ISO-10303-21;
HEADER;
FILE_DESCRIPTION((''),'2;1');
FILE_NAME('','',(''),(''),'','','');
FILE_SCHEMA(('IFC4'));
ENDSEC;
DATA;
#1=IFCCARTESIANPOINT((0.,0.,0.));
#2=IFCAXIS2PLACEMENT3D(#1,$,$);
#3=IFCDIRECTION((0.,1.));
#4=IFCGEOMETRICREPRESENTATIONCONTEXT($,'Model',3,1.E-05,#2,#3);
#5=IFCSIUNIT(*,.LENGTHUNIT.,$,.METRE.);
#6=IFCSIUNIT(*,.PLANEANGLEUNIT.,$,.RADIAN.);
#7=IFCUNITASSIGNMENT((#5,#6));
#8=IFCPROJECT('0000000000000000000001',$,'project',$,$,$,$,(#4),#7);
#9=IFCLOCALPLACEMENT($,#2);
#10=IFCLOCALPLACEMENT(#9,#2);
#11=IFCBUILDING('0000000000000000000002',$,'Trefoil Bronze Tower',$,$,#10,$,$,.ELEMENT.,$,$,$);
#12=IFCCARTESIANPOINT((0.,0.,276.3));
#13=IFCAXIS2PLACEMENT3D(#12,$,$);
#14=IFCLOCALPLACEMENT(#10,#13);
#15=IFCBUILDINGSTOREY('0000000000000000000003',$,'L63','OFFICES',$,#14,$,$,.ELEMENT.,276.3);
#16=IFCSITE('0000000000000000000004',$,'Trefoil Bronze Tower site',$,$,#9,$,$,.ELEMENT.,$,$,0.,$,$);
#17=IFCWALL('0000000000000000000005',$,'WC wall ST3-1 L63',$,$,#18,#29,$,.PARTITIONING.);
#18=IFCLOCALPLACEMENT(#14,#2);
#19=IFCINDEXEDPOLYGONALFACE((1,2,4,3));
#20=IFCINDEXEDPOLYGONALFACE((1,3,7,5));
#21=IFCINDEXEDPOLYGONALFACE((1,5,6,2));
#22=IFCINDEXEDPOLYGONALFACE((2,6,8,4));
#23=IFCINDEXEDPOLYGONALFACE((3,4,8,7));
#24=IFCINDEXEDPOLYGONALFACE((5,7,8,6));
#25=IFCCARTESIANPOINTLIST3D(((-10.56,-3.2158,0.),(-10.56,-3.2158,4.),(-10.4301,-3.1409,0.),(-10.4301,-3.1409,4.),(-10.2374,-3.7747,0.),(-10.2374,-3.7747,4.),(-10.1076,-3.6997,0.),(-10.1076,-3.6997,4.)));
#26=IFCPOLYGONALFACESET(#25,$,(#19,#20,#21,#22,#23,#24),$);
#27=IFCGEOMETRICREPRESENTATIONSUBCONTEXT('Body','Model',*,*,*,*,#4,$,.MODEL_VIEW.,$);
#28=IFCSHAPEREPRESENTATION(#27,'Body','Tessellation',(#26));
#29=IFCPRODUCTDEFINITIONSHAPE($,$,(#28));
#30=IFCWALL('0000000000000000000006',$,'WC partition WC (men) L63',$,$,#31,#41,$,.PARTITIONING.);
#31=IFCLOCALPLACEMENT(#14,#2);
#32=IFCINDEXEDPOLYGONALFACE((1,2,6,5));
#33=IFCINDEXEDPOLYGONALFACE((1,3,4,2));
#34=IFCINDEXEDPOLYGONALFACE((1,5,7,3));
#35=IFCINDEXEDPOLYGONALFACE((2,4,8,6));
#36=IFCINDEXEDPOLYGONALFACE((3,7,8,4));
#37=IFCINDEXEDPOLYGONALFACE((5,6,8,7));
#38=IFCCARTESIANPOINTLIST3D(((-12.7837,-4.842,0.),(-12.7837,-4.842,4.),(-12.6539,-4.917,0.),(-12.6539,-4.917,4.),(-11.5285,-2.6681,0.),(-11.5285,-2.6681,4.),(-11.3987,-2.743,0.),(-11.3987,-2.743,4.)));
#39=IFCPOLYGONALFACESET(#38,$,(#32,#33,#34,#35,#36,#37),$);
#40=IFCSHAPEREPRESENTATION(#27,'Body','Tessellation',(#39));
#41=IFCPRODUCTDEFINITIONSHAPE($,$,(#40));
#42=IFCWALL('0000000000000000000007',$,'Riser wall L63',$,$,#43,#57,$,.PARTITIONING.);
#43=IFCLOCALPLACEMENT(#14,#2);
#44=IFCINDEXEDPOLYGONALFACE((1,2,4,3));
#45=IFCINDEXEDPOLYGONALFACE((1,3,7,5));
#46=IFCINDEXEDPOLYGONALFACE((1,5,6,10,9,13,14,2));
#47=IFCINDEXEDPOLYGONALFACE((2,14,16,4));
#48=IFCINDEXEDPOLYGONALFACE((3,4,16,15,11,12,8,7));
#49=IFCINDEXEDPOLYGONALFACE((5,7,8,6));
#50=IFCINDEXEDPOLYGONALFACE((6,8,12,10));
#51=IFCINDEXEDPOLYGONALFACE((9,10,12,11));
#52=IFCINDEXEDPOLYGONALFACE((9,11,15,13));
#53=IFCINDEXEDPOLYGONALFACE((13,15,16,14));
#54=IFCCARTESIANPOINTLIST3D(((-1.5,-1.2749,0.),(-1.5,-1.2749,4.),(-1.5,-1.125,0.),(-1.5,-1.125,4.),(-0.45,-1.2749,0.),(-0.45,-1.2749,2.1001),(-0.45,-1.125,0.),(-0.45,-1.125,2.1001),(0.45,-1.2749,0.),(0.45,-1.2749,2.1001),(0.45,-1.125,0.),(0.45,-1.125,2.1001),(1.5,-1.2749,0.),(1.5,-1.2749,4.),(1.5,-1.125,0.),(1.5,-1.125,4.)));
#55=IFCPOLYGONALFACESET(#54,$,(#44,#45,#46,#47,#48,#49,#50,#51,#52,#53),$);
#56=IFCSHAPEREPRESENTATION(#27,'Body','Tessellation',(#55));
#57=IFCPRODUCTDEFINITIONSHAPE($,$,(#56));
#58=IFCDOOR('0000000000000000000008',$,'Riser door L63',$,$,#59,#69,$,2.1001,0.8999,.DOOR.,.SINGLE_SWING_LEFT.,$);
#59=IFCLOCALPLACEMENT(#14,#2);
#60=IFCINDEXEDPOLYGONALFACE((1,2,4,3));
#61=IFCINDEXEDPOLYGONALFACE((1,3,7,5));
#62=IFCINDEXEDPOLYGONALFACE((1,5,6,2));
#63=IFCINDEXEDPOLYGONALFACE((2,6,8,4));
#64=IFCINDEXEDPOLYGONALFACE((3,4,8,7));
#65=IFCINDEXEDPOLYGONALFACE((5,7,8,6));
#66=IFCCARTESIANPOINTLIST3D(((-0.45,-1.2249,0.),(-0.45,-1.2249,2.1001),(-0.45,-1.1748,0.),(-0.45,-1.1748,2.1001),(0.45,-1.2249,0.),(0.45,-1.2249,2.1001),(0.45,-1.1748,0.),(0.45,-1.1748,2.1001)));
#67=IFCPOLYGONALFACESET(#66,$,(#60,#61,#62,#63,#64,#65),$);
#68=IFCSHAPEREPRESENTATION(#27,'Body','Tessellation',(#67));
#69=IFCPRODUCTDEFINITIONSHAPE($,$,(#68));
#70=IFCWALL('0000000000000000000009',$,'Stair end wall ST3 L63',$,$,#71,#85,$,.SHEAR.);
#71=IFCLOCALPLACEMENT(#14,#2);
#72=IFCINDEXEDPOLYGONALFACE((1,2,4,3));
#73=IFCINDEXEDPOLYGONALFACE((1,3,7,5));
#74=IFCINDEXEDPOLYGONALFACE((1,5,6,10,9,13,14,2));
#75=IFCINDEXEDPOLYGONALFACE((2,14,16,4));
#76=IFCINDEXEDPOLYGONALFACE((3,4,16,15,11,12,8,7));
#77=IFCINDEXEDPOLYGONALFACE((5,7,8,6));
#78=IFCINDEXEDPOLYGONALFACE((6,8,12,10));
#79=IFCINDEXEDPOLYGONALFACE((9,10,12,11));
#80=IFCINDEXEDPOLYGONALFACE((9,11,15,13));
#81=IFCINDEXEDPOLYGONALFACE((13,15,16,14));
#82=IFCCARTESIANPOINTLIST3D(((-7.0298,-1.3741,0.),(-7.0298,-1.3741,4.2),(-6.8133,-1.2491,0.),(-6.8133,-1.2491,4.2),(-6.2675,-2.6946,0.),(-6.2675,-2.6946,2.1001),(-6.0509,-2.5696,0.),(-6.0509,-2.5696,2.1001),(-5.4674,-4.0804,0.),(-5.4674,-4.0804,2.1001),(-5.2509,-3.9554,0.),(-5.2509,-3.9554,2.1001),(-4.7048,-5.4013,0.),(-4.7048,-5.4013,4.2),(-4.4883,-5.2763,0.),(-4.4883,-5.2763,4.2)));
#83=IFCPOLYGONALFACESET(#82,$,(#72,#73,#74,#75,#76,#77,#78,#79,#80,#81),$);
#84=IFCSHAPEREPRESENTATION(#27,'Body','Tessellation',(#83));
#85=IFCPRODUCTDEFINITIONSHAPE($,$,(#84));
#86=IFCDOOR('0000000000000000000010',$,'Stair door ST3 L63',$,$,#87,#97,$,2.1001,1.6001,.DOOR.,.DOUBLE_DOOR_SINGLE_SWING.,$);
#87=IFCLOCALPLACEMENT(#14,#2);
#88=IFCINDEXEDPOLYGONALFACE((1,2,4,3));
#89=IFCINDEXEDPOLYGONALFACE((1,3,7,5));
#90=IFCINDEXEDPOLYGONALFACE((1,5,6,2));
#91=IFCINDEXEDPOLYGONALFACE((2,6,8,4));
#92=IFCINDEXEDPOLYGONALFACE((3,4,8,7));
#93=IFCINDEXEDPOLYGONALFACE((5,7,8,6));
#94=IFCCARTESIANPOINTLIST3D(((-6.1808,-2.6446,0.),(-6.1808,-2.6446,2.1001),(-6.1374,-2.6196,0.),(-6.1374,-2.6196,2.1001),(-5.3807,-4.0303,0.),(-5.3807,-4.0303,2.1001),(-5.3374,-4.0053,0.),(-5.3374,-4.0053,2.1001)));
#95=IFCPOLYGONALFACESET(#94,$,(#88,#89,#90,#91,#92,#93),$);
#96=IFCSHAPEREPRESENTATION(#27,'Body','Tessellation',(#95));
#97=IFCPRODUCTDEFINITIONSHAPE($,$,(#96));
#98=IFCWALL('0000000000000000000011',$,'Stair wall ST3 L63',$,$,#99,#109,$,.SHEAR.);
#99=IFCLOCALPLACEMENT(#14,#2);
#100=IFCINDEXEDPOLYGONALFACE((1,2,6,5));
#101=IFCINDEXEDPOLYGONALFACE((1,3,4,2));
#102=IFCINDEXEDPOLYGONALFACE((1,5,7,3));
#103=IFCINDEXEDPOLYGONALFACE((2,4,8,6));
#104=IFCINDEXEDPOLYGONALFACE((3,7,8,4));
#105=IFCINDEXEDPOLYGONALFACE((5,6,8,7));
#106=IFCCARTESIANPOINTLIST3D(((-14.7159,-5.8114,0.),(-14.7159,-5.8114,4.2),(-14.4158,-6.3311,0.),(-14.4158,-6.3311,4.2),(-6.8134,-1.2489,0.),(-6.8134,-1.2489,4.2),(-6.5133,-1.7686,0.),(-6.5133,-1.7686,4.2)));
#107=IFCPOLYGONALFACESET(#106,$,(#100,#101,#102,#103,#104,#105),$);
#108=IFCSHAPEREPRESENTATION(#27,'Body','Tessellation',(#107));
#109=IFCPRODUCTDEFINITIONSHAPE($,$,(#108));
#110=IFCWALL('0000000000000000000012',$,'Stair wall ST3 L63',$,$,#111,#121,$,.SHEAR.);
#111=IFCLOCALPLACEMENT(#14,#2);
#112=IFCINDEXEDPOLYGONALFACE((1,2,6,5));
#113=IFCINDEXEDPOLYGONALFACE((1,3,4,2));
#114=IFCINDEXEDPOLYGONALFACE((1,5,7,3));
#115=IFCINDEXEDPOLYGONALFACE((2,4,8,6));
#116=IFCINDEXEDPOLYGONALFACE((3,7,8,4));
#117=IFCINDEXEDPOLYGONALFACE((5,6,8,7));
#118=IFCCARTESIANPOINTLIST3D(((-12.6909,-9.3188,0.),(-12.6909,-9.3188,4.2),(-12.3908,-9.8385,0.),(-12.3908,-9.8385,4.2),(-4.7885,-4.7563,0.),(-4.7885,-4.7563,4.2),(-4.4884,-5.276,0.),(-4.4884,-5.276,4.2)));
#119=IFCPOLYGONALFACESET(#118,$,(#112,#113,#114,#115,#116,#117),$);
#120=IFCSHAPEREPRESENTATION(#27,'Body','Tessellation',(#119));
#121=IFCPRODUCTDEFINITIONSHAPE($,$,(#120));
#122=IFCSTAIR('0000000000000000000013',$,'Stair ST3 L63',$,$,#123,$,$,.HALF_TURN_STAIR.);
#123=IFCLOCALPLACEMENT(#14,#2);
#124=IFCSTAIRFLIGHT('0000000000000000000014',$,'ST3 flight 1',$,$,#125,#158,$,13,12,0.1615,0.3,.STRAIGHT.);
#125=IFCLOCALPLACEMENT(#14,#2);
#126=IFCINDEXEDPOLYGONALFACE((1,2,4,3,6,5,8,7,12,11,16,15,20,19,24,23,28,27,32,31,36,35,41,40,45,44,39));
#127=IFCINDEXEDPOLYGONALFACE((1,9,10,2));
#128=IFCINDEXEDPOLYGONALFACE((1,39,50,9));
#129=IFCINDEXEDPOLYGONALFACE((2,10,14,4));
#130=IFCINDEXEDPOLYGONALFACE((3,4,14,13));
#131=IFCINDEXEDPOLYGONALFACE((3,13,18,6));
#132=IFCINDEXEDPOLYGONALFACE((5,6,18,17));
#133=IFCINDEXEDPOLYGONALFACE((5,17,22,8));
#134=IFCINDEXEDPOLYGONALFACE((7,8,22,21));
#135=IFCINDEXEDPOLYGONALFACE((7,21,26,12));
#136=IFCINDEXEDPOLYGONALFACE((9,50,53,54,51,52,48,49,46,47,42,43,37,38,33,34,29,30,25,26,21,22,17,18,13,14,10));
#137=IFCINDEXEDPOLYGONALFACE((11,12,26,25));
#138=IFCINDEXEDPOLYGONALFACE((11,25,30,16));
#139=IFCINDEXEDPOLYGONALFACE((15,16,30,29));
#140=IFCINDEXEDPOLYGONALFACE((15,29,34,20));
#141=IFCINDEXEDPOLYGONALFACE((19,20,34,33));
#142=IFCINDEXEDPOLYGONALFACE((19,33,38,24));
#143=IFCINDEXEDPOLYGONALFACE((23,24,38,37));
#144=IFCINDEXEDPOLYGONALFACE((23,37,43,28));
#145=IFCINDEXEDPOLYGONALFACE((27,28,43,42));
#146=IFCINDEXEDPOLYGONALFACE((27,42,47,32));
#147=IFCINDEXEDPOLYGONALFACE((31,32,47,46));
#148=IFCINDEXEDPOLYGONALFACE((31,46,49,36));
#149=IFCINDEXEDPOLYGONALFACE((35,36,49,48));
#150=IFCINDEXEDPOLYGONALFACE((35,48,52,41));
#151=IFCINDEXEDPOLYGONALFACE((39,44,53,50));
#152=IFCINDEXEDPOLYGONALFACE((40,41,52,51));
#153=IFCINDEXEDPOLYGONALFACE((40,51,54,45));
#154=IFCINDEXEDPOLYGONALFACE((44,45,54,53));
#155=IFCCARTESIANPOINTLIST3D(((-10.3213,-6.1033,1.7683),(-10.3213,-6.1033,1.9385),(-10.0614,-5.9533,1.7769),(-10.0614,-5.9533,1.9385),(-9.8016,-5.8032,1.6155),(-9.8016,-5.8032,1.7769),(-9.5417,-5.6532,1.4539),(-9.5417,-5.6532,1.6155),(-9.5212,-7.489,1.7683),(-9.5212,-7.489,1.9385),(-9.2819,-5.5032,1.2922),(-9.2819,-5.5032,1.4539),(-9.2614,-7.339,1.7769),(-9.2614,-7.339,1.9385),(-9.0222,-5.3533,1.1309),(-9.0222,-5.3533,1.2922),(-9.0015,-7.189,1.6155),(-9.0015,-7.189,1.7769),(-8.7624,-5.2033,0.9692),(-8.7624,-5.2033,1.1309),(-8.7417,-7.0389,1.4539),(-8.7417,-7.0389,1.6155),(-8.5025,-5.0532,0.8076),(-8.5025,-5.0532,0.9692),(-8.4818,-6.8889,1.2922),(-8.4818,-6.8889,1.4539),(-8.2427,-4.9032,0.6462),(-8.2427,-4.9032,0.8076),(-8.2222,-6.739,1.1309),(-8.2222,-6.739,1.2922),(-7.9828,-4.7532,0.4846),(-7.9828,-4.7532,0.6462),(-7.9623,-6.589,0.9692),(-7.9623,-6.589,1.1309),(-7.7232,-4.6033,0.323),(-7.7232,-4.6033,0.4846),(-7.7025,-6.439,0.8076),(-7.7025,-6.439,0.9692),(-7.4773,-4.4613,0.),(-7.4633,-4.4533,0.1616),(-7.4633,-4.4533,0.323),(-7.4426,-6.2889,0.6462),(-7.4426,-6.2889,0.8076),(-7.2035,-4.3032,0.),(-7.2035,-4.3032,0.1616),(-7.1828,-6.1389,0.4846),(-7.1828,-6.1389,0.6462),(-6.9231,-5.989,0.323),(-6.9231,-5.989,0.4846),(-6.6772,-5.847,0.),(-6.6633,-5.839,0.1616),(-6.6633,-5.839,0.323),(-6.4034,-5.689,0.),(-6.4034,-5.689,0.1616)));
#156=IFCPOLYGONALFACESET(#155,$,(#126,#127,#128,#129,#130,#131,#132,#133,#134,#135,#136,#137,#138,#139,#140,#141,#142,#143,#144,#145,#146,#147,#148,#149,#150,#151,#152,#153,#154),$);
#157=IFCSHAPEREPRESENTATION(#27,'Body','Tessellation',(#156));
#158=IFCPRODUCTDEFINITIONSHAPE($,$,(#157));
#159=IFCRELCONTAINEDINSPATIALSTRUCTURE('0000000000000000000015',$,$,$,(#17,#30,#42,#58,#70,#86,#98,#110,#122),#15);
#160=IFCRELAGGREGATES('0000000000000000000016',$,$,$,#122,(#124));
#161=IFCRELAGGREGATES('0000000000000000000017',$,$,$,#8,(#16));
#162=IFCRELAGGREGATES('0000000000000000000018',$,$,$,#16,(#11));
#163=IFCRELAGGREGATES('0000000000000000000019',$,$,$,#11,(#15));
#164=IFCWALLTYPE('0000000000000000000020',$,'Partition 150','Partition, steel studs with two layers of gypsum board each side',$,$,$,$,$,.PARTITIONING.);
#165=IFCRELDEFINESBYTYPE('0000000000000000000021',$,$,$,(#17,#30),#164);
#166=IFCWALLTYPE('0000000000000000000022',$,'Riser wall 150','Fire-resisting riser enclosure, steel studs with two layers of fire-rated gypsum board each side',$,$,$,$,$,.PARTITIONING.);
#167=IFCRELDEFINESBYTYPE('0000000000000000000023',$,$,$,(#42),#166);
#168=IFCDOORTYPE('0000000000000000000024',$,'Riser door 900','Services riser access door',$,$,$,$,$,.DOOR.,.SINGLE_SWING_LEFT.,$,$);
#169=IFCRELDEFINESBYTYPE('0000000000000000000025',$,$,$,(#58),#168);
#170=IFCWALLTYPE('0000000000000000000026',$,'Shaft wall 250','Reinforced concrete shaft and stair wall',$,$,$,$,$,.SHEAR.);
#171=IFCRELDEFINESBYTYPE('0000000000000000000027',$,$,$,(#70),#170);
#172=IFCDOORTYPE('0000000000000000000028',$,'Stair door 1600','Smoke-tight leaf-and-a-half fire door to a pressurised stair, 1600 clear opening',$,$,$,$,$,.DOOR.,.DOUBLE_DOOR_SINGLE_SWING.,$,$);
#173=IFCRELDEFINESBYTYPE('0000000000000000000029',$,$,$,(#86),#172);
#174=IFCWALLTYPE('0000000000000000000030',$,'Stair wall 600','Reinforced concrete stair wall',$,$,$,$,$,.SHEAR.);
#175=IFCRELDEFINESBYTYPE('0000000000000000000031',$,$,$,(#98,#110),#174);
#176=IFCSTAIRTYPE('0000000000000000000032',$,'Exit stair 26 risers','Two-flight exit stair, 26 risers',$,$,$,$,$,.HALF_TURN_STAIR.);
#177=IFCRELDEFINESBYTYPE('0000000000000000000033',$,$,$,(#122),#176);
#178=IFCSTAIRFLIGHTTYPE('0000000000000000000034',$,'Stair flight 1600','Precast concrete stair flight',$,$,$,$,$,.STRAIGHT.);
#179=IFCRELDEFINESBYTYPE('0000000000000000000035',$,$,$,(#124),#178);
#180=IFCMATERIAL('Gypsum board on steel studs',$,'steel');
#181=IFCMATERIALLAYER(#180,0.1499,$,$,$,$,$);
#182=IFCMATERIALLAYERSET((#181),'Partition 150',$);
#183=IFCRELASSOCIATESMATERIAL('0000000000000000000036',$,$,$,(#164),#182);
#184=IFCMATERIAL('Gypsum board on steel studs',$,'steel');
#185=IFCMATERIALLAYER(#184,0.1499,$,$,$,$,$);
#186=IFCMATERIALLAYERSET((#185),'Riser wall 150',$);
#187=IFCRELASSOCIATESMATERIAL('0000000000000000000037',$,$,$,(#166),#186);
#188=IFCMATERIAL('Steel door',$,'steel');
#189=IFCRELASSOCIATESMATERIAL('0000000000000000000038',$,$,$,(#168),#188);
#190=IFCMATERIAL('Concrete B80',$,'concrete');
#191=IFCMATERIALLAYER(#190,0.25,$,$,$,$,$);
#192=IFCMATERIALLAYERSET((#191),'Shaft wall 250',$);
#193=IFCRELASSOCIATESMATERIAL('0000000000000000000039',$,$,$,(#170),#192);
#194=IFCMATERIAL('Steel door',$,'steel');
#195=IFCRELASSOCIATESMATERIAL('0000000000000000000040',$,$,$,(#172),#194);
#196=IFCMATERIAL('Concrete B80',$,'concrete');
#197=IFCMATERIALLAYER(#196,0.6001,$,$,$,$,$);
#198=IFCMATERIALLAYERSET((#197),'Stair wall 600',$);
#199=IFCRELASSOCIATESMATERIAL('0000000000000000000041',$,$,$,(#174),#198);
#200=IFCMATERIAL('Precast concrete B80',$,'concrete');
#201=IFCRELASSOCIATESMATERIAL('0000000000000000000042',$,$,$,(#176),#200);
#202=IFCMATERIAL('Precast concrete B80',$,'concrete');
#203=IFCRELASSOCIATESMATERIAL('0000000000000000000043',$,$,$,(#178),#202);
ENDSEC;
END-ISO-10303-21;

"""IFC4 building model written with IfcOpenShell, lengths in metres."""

from ifc_helpers import new_model, si_unit, direction, frame, frame_2d, origin, place, context, subcontext, project, spatial, polyline, rectangle, outline, extrude, material, layer, layer_set, type_object, element, fill, aggregate, save


model = new_model("IFC4")

# Units and contexts
model_context = context("Model", 3, precision=1e-05, world=origin(), true_north=direction((0.0, 1.0)))
body_context = subcontext(model_context, "Body", "Model", "MODEL_VIEW")
ifc_project = project(units=[si_unit("LENGTHUNIT", "METRE"), si_unit("PLANEANGLEUNIT", "RADIAN")], contexts=[model_context])

# Site, building, storey
site_placement = place(None, origin())
site = spatial("IfcSite", under=ifc_project, at=site_placement, Name="Trefoil Bronze Tower site", CompositionType="ELEMENT", RefElevation=0.0)
building_placement = place(site_placement, origin())
building = spatial("IfcBuilding", under=site, at=building_placement, Name="Trefoil Bronze Tower", CompositionType="ELEMENT")
storey_placement = place(building_placement, frame((0.0, 0.0, 276.3)))
storey = spatial("IfcBuildingStorey", under=building, at=storey_placement, Name="L63", Description="OFFICES", CompositionType="ELEMENT", Elevation=276.3)

# Shared definitions
ifc_material_1 = material(Name="Gypsum board on steel studs", Category="steel")
ifc_layer_1 = layer(ifc_material_1, 0.1499)
ifc_layer_set_1 = layer_set([ifc_layer_1], Name="Partition 150")
wall_type_1 = type_object("IfcWallType", Name="Partition 150", Description="Partition, steel studs with two layers of gypsum board each side", PredefinedType="PARTITIONING", material=ifc_layer_set_1)

# Walls
wall_1_placement = place(storey_placement, frame((-10.4951, -3.1782, 0.0), z_axis=(0.0, 0.0, 1.0), x_axis=(0.499843, -0.866116, 0.0)))
element("IfcWall", 1, at=wall_1_placement, inside=storey, type_object=wall_type_1, Name="WC wall ST3-1 L63", PredefinedType="PARTITIONING", context=body_context, shape_type="SweptSolid", body=[
    extrude(rectangle(XDim=0.6453, YDim=0.1499, at=frame_2d((0.3228, 0.0))), origin(), (0.0, 0.0, 1.0), 4.0),
])
wall_2_placement = place(storey_placement, frame((-11.4636, -2.7056, 0.0), z_axis=(0.0, 0.0, 1.0), x_axis=(-0.50002, -0.866014, 0.0)))
element("IfcWall", 2, at=wall_2_placement, inside=storey, type_object=wall_type_1, Name="WC partition WC (men) L63", PredefinedType="PARTITIONING", context=body_context, shape_type="SweptSolid", body=[
    extrude(rectangle(XDim=2.5103, YDim=0.1499, at=frame_2d((1.2551, 0.0))), origin(), (0.0, 0.0, 1.0), 4.0),
])

# Walls, openings, doors
ifc_material_2 = material(Name="Gypsum board on steel studs", Category="steel")
ifc_layer_2 = layer(ifc_material_2, 0.1499)
ifc_layer_set_2 = layer_set([ifc_layer_2], Name="Riser wall 150")
wall_type_2 = type_object("IfcWallType", Name="Riser wall 150", Description="Fire-resisting riser enclosure, steel studs with two layers of fire-rated gypsum board each side", PredefinedType="PARTITIONING", material=ifc_layer_set_2)
wall_3_placement = place(storey_placement, frame((-1.5, -1.2, 0.0), z_axis=(0.0, 0.0, 1.0), x_axis=(1.0, 0.0, 0.0)))
wall_3 = element("IfcWall", 3, at=wall_3_placement, inside=storey, type_object=wall_type_2, Name="Riser wall L63", PredefinedType="PARTITIONING", context=body_context, shape_type="SweptSolid", body=[
    extrude(rectangle(XDim=3.0, YDim=0.1499, at=frame_2d((1.5, 0.0))), origin(), (0.0, 0.0, 1.0), 4.0),
])
opening_1_placement = place(wall_3_placement, frame((1.05, 0.0, 0.0)))
opening_1 = element("IfcOpeningElement", 4, at=opening_1_placement, cuts=wall_3, PredefinedType="OPENING", context=body_context, shape_type="SweptSolid", body=[
    extrude(rectangle(XDim=0.8999, YDim=2.1001, at=frame_2d((0.45, 1.05))), frame((0.0, 0.085, 0.0), z_axis=(0.0, -1.0, 0.0), x_axis=(1.0, 0.0, 0.0)), (0.0, 0.0, 1.0), 0.1699),
])
ifc_material_3 = material(Name="Steel door", Category="steel")
door_type_1 = type_object("IfcDoorType", Name="Riser door 900", Description="Services riser access door", OperationType="SINGLE_SWING_LEFT", PredefinedType="DOOR", material=ifc_material_3)
door_1_placement = place(opening_1_placement, frame((0.8999, 0.0, 0.0), z_axis=(0.0, 0.0, 1.0), x_axis=(-1.0, 0.0, 0.0)))
door_1 = element("IfcDoor", 5, at=door_1_placement, inside=storey, type_object=door_type_1, Name="Riser door L63", OperationType="SINGLE_SWING_LEFT", OverallHeight=2.1001, OverallWidth=0.8999, PredefinedType="DOOR", context=body_context, shape_type="SweptSolid", body=[
    extrude(rectangle(XDim=0.8999, YDim=2.1001, at=frame_2d((0.45, 1.05))), frame((0.0, 0.0249, 0.0), z_axis=(0.0, -1.0, 0.0), x_axis=(1.0, 0.0, 0.0)), (0.0, 0.0, 1.0), 0.05),
])
fill(opening_1, door_1)
ifc_material_4 = material(Name="Concrete B80", Category="concrete")
ifc_layer_3 = layer(ifc_material_4, 0.25)
ifc_layer_set_3 = layer_set([ifc_layer_3], Name="Shaft wall 250")
wall_type_3 = type_object("IfcWallType", Name="Shaft wall 250", Description="Reinforced concrete shaft and stair wall", PredefinedType="SHEAR", material=ifc_layer_set_3)
wall_4_placement = place(storey_placement, frame((-6.9216, -1.3115, 0.0), z_axis=(0.0, 0.0, 1.0), x_axis=(0.499985, -0.866034, 0.0)))
wall_4 = element("IfcWall", 6, at=wall_4_placement, inside=storey, type_object=wall_type_3, Name="Stair end wall ST3 L63", PredefinedType="SHEAR", context=body_context, shape_type="SweptSolid", body=[
    extrude(rectangle(XDim=4.6501, YDim=0.25, at=frame_2d((2.3252, 0.0))), origin(), (0.0, 0.0, 1.0), 4.2),
])
opening_2_placement = place(wall_4_placement, frame((1.5249, 0.0, 0.0)))
opening_2 = element("IfcOpeningElement", 7, at=opening_2_placement, cuts=wall_4, PredefinedType="OPENING", context=body_context, shape_type="SweptSolid", body=[
    extrude(rectangle(XDim=1.6001, YDim=2.1001, at=frame_2d((0.8, 1.05))), frame((0.0, 0.135, 0.0), z_axis=(0.0, -1.0, 0.0), x_axis=(1.0, 0.0, 0.0)), (0.0, 0.0, 1.0), 0.27),
])
ifc_material_5 = material(Name="Steel door", Category="steel")
door_type_2 = type_object("IfcDoorType", Name="Stair door 1600", Description="Smoke-tight leaf-and-a-half fire door to a pressurised stair, 1600 clear opening", OperationType="DOUBLE_DOOR_SINGLE_SWING", PredefinedType="DOOR", material=ifc_material_5)
door_2_placement = place(opening_2_placement, frame((1.6001, 0.0, 0.0), z_axis=(0.0, 0.0, 1.0), x_axis=(-1.0, 0.0, 0.0)))
door_2 = element("IfcDoor", 8, at=door_2_placement, inside=storey, type_object=door_type_2, Name="Stair door ST3 L63", OperationType="DOUBLE_DOOR_SINGLE_SWING", OverallHeight=2.1001, OverallWidth=1.6001, PredefinedType="DOOR", context=body_context, shape_type="SweptSolid", body=[
    extrude(rectangle(XDim=1.6001, YDim=2.1001, at=frame_2d((0.8, 1.05))), frame((0.0, 0.0249, 0.0), z_axis=(0.0, -1.0, 0.0), x_axis=(1.0, 0.0, 0.0)), (0.0, 0.0, 1.0), 0.05),
])
fill(opening_2, door_2)

# Walls
ifc_material_6 = material(Name="Concrete B80", Category="concrete")
ifc_layer_4 = layer(ifc_material_6, 0.6001)
ifc_layer_set_4 = layer_set([ifc_layer_4], Name="Stair wall 600")
wall_type_4 = type_object("IfcWallType", Name="Stair wall 600", Description="Reinforced concrete stair wall", PredefinedType="SHEAR", material=ifc_layer_set_4)
for number, where, z_axis, x_axis, name in (
    (9, (-6.6633, -1.5088, 0.0), (0.0, 0.0, 1.0), (-0.866028, -0.499995, 0.0), "Stair wall ST3 L63"),
    (10, (-4.6384, -5.0161, 0.0), (0.0, 0.0, 1.0), (-0.866022, -0.500007, 0.0), "Stair wall ST3 L63"),
):
    element("IfcWall", number, at=place(storey_placement, frame(where, z_axis=z_axis, x_axis=x_axis)), inside=storey, type_object=wall_type_4, Name=name, PredefinedType="SHEAR", context=body_context, shape_type="SweptSolid", body=[
        extrude(rectangle(XDim=9.125, YDim=0.6001, at=frame_2d((4.5625, 0.0))), origin(), (0.0, 0.0, 1.0), 4.2),
    ])

# Stair, stair flight
ifc_material_7 = material(Name="Precast concrete B80", Category="concrete")
stair_type = type_object("IfcStairType", Name="Exit stair 26 risers", Description="Two-flight exit stair, 26 risers", PredefinedType="HALF_TURN_STAIR", material=ifc_material_7)
stair_placement = place(storey_placement, origin())
stair = element("IfcStair", 11, at=stair_placement, inside=storey, type_object=stair_type, Name="Stair ST3 L63", PredefinedType="HALF_TURN_STAIR")
ifc_material_8 = material(Name="Precast concrete B80", Category="concrete")
stair_flight_type = type_object("IfcStairFlightType", Name="Stair flight 1600", Description="Precast concrete stair flight", PredefinedType="STRAIGHT", material=ifc_material_8)
stair_flight_1_placement = place(storey_placement, frame((-6.8035, -4.9961, 0.0), z_axis=(0.0, 0.0, 1.0), x_axis=(-0.866025, -0.5, 0.0)))
stair_flight_1 = element("IfcStairFlight", 12, at=stair_flight_1_placement, type_object=stair_flight_type, Name="ST3 flight 1", NumberOfRisers=13, NumberOfTreads=12, PredefinedType="STRAIGHT", RiserHeight=0.1615, TreadLength=0.3, context=body_context, shape_type="SweptSolid", body=[
    extrude(outline(polyline([(0.0, 0.0), (0.0, 0.1616), (0.3, 0.1616), (0.3, 0.323), (0.6001, 0.323), (0.6001, 0.4846), (0.8999, 0.4846), (0.8999, 0.6462), (1.2, 0.6462), (1.2, 0.8076), (1.5, 0.8076), (1.5, 0.9692), (1.8, 0.9692), (1.8, 1.1309), (2.1001, 1.1309), (2.1001, 1.2922), (2.3999, 1.2922), (2.3999, 1.4539), (2.7, 1.4539), (2.7, 1.6155), (3.0, 1.6155), (3.0, 1.7769), (3.3, 1.7769), (3.3, 1.9385), (3.6001, 1.9385), (3.6001, 2.1001), (3.6001, 1.7683), (0.3162, 0.0), (0.0, 0.0)])), frame((0.0, 0.8, 0.0), z_axis=(0.0, -1.0, 0.0), x_axis=(1.0, 0.0, 0.0)), (0.0, 0.0, 1.0), 1.6001),
])
aggregate(stair, [stair_flight_1])

save(model, "model.ifc")
